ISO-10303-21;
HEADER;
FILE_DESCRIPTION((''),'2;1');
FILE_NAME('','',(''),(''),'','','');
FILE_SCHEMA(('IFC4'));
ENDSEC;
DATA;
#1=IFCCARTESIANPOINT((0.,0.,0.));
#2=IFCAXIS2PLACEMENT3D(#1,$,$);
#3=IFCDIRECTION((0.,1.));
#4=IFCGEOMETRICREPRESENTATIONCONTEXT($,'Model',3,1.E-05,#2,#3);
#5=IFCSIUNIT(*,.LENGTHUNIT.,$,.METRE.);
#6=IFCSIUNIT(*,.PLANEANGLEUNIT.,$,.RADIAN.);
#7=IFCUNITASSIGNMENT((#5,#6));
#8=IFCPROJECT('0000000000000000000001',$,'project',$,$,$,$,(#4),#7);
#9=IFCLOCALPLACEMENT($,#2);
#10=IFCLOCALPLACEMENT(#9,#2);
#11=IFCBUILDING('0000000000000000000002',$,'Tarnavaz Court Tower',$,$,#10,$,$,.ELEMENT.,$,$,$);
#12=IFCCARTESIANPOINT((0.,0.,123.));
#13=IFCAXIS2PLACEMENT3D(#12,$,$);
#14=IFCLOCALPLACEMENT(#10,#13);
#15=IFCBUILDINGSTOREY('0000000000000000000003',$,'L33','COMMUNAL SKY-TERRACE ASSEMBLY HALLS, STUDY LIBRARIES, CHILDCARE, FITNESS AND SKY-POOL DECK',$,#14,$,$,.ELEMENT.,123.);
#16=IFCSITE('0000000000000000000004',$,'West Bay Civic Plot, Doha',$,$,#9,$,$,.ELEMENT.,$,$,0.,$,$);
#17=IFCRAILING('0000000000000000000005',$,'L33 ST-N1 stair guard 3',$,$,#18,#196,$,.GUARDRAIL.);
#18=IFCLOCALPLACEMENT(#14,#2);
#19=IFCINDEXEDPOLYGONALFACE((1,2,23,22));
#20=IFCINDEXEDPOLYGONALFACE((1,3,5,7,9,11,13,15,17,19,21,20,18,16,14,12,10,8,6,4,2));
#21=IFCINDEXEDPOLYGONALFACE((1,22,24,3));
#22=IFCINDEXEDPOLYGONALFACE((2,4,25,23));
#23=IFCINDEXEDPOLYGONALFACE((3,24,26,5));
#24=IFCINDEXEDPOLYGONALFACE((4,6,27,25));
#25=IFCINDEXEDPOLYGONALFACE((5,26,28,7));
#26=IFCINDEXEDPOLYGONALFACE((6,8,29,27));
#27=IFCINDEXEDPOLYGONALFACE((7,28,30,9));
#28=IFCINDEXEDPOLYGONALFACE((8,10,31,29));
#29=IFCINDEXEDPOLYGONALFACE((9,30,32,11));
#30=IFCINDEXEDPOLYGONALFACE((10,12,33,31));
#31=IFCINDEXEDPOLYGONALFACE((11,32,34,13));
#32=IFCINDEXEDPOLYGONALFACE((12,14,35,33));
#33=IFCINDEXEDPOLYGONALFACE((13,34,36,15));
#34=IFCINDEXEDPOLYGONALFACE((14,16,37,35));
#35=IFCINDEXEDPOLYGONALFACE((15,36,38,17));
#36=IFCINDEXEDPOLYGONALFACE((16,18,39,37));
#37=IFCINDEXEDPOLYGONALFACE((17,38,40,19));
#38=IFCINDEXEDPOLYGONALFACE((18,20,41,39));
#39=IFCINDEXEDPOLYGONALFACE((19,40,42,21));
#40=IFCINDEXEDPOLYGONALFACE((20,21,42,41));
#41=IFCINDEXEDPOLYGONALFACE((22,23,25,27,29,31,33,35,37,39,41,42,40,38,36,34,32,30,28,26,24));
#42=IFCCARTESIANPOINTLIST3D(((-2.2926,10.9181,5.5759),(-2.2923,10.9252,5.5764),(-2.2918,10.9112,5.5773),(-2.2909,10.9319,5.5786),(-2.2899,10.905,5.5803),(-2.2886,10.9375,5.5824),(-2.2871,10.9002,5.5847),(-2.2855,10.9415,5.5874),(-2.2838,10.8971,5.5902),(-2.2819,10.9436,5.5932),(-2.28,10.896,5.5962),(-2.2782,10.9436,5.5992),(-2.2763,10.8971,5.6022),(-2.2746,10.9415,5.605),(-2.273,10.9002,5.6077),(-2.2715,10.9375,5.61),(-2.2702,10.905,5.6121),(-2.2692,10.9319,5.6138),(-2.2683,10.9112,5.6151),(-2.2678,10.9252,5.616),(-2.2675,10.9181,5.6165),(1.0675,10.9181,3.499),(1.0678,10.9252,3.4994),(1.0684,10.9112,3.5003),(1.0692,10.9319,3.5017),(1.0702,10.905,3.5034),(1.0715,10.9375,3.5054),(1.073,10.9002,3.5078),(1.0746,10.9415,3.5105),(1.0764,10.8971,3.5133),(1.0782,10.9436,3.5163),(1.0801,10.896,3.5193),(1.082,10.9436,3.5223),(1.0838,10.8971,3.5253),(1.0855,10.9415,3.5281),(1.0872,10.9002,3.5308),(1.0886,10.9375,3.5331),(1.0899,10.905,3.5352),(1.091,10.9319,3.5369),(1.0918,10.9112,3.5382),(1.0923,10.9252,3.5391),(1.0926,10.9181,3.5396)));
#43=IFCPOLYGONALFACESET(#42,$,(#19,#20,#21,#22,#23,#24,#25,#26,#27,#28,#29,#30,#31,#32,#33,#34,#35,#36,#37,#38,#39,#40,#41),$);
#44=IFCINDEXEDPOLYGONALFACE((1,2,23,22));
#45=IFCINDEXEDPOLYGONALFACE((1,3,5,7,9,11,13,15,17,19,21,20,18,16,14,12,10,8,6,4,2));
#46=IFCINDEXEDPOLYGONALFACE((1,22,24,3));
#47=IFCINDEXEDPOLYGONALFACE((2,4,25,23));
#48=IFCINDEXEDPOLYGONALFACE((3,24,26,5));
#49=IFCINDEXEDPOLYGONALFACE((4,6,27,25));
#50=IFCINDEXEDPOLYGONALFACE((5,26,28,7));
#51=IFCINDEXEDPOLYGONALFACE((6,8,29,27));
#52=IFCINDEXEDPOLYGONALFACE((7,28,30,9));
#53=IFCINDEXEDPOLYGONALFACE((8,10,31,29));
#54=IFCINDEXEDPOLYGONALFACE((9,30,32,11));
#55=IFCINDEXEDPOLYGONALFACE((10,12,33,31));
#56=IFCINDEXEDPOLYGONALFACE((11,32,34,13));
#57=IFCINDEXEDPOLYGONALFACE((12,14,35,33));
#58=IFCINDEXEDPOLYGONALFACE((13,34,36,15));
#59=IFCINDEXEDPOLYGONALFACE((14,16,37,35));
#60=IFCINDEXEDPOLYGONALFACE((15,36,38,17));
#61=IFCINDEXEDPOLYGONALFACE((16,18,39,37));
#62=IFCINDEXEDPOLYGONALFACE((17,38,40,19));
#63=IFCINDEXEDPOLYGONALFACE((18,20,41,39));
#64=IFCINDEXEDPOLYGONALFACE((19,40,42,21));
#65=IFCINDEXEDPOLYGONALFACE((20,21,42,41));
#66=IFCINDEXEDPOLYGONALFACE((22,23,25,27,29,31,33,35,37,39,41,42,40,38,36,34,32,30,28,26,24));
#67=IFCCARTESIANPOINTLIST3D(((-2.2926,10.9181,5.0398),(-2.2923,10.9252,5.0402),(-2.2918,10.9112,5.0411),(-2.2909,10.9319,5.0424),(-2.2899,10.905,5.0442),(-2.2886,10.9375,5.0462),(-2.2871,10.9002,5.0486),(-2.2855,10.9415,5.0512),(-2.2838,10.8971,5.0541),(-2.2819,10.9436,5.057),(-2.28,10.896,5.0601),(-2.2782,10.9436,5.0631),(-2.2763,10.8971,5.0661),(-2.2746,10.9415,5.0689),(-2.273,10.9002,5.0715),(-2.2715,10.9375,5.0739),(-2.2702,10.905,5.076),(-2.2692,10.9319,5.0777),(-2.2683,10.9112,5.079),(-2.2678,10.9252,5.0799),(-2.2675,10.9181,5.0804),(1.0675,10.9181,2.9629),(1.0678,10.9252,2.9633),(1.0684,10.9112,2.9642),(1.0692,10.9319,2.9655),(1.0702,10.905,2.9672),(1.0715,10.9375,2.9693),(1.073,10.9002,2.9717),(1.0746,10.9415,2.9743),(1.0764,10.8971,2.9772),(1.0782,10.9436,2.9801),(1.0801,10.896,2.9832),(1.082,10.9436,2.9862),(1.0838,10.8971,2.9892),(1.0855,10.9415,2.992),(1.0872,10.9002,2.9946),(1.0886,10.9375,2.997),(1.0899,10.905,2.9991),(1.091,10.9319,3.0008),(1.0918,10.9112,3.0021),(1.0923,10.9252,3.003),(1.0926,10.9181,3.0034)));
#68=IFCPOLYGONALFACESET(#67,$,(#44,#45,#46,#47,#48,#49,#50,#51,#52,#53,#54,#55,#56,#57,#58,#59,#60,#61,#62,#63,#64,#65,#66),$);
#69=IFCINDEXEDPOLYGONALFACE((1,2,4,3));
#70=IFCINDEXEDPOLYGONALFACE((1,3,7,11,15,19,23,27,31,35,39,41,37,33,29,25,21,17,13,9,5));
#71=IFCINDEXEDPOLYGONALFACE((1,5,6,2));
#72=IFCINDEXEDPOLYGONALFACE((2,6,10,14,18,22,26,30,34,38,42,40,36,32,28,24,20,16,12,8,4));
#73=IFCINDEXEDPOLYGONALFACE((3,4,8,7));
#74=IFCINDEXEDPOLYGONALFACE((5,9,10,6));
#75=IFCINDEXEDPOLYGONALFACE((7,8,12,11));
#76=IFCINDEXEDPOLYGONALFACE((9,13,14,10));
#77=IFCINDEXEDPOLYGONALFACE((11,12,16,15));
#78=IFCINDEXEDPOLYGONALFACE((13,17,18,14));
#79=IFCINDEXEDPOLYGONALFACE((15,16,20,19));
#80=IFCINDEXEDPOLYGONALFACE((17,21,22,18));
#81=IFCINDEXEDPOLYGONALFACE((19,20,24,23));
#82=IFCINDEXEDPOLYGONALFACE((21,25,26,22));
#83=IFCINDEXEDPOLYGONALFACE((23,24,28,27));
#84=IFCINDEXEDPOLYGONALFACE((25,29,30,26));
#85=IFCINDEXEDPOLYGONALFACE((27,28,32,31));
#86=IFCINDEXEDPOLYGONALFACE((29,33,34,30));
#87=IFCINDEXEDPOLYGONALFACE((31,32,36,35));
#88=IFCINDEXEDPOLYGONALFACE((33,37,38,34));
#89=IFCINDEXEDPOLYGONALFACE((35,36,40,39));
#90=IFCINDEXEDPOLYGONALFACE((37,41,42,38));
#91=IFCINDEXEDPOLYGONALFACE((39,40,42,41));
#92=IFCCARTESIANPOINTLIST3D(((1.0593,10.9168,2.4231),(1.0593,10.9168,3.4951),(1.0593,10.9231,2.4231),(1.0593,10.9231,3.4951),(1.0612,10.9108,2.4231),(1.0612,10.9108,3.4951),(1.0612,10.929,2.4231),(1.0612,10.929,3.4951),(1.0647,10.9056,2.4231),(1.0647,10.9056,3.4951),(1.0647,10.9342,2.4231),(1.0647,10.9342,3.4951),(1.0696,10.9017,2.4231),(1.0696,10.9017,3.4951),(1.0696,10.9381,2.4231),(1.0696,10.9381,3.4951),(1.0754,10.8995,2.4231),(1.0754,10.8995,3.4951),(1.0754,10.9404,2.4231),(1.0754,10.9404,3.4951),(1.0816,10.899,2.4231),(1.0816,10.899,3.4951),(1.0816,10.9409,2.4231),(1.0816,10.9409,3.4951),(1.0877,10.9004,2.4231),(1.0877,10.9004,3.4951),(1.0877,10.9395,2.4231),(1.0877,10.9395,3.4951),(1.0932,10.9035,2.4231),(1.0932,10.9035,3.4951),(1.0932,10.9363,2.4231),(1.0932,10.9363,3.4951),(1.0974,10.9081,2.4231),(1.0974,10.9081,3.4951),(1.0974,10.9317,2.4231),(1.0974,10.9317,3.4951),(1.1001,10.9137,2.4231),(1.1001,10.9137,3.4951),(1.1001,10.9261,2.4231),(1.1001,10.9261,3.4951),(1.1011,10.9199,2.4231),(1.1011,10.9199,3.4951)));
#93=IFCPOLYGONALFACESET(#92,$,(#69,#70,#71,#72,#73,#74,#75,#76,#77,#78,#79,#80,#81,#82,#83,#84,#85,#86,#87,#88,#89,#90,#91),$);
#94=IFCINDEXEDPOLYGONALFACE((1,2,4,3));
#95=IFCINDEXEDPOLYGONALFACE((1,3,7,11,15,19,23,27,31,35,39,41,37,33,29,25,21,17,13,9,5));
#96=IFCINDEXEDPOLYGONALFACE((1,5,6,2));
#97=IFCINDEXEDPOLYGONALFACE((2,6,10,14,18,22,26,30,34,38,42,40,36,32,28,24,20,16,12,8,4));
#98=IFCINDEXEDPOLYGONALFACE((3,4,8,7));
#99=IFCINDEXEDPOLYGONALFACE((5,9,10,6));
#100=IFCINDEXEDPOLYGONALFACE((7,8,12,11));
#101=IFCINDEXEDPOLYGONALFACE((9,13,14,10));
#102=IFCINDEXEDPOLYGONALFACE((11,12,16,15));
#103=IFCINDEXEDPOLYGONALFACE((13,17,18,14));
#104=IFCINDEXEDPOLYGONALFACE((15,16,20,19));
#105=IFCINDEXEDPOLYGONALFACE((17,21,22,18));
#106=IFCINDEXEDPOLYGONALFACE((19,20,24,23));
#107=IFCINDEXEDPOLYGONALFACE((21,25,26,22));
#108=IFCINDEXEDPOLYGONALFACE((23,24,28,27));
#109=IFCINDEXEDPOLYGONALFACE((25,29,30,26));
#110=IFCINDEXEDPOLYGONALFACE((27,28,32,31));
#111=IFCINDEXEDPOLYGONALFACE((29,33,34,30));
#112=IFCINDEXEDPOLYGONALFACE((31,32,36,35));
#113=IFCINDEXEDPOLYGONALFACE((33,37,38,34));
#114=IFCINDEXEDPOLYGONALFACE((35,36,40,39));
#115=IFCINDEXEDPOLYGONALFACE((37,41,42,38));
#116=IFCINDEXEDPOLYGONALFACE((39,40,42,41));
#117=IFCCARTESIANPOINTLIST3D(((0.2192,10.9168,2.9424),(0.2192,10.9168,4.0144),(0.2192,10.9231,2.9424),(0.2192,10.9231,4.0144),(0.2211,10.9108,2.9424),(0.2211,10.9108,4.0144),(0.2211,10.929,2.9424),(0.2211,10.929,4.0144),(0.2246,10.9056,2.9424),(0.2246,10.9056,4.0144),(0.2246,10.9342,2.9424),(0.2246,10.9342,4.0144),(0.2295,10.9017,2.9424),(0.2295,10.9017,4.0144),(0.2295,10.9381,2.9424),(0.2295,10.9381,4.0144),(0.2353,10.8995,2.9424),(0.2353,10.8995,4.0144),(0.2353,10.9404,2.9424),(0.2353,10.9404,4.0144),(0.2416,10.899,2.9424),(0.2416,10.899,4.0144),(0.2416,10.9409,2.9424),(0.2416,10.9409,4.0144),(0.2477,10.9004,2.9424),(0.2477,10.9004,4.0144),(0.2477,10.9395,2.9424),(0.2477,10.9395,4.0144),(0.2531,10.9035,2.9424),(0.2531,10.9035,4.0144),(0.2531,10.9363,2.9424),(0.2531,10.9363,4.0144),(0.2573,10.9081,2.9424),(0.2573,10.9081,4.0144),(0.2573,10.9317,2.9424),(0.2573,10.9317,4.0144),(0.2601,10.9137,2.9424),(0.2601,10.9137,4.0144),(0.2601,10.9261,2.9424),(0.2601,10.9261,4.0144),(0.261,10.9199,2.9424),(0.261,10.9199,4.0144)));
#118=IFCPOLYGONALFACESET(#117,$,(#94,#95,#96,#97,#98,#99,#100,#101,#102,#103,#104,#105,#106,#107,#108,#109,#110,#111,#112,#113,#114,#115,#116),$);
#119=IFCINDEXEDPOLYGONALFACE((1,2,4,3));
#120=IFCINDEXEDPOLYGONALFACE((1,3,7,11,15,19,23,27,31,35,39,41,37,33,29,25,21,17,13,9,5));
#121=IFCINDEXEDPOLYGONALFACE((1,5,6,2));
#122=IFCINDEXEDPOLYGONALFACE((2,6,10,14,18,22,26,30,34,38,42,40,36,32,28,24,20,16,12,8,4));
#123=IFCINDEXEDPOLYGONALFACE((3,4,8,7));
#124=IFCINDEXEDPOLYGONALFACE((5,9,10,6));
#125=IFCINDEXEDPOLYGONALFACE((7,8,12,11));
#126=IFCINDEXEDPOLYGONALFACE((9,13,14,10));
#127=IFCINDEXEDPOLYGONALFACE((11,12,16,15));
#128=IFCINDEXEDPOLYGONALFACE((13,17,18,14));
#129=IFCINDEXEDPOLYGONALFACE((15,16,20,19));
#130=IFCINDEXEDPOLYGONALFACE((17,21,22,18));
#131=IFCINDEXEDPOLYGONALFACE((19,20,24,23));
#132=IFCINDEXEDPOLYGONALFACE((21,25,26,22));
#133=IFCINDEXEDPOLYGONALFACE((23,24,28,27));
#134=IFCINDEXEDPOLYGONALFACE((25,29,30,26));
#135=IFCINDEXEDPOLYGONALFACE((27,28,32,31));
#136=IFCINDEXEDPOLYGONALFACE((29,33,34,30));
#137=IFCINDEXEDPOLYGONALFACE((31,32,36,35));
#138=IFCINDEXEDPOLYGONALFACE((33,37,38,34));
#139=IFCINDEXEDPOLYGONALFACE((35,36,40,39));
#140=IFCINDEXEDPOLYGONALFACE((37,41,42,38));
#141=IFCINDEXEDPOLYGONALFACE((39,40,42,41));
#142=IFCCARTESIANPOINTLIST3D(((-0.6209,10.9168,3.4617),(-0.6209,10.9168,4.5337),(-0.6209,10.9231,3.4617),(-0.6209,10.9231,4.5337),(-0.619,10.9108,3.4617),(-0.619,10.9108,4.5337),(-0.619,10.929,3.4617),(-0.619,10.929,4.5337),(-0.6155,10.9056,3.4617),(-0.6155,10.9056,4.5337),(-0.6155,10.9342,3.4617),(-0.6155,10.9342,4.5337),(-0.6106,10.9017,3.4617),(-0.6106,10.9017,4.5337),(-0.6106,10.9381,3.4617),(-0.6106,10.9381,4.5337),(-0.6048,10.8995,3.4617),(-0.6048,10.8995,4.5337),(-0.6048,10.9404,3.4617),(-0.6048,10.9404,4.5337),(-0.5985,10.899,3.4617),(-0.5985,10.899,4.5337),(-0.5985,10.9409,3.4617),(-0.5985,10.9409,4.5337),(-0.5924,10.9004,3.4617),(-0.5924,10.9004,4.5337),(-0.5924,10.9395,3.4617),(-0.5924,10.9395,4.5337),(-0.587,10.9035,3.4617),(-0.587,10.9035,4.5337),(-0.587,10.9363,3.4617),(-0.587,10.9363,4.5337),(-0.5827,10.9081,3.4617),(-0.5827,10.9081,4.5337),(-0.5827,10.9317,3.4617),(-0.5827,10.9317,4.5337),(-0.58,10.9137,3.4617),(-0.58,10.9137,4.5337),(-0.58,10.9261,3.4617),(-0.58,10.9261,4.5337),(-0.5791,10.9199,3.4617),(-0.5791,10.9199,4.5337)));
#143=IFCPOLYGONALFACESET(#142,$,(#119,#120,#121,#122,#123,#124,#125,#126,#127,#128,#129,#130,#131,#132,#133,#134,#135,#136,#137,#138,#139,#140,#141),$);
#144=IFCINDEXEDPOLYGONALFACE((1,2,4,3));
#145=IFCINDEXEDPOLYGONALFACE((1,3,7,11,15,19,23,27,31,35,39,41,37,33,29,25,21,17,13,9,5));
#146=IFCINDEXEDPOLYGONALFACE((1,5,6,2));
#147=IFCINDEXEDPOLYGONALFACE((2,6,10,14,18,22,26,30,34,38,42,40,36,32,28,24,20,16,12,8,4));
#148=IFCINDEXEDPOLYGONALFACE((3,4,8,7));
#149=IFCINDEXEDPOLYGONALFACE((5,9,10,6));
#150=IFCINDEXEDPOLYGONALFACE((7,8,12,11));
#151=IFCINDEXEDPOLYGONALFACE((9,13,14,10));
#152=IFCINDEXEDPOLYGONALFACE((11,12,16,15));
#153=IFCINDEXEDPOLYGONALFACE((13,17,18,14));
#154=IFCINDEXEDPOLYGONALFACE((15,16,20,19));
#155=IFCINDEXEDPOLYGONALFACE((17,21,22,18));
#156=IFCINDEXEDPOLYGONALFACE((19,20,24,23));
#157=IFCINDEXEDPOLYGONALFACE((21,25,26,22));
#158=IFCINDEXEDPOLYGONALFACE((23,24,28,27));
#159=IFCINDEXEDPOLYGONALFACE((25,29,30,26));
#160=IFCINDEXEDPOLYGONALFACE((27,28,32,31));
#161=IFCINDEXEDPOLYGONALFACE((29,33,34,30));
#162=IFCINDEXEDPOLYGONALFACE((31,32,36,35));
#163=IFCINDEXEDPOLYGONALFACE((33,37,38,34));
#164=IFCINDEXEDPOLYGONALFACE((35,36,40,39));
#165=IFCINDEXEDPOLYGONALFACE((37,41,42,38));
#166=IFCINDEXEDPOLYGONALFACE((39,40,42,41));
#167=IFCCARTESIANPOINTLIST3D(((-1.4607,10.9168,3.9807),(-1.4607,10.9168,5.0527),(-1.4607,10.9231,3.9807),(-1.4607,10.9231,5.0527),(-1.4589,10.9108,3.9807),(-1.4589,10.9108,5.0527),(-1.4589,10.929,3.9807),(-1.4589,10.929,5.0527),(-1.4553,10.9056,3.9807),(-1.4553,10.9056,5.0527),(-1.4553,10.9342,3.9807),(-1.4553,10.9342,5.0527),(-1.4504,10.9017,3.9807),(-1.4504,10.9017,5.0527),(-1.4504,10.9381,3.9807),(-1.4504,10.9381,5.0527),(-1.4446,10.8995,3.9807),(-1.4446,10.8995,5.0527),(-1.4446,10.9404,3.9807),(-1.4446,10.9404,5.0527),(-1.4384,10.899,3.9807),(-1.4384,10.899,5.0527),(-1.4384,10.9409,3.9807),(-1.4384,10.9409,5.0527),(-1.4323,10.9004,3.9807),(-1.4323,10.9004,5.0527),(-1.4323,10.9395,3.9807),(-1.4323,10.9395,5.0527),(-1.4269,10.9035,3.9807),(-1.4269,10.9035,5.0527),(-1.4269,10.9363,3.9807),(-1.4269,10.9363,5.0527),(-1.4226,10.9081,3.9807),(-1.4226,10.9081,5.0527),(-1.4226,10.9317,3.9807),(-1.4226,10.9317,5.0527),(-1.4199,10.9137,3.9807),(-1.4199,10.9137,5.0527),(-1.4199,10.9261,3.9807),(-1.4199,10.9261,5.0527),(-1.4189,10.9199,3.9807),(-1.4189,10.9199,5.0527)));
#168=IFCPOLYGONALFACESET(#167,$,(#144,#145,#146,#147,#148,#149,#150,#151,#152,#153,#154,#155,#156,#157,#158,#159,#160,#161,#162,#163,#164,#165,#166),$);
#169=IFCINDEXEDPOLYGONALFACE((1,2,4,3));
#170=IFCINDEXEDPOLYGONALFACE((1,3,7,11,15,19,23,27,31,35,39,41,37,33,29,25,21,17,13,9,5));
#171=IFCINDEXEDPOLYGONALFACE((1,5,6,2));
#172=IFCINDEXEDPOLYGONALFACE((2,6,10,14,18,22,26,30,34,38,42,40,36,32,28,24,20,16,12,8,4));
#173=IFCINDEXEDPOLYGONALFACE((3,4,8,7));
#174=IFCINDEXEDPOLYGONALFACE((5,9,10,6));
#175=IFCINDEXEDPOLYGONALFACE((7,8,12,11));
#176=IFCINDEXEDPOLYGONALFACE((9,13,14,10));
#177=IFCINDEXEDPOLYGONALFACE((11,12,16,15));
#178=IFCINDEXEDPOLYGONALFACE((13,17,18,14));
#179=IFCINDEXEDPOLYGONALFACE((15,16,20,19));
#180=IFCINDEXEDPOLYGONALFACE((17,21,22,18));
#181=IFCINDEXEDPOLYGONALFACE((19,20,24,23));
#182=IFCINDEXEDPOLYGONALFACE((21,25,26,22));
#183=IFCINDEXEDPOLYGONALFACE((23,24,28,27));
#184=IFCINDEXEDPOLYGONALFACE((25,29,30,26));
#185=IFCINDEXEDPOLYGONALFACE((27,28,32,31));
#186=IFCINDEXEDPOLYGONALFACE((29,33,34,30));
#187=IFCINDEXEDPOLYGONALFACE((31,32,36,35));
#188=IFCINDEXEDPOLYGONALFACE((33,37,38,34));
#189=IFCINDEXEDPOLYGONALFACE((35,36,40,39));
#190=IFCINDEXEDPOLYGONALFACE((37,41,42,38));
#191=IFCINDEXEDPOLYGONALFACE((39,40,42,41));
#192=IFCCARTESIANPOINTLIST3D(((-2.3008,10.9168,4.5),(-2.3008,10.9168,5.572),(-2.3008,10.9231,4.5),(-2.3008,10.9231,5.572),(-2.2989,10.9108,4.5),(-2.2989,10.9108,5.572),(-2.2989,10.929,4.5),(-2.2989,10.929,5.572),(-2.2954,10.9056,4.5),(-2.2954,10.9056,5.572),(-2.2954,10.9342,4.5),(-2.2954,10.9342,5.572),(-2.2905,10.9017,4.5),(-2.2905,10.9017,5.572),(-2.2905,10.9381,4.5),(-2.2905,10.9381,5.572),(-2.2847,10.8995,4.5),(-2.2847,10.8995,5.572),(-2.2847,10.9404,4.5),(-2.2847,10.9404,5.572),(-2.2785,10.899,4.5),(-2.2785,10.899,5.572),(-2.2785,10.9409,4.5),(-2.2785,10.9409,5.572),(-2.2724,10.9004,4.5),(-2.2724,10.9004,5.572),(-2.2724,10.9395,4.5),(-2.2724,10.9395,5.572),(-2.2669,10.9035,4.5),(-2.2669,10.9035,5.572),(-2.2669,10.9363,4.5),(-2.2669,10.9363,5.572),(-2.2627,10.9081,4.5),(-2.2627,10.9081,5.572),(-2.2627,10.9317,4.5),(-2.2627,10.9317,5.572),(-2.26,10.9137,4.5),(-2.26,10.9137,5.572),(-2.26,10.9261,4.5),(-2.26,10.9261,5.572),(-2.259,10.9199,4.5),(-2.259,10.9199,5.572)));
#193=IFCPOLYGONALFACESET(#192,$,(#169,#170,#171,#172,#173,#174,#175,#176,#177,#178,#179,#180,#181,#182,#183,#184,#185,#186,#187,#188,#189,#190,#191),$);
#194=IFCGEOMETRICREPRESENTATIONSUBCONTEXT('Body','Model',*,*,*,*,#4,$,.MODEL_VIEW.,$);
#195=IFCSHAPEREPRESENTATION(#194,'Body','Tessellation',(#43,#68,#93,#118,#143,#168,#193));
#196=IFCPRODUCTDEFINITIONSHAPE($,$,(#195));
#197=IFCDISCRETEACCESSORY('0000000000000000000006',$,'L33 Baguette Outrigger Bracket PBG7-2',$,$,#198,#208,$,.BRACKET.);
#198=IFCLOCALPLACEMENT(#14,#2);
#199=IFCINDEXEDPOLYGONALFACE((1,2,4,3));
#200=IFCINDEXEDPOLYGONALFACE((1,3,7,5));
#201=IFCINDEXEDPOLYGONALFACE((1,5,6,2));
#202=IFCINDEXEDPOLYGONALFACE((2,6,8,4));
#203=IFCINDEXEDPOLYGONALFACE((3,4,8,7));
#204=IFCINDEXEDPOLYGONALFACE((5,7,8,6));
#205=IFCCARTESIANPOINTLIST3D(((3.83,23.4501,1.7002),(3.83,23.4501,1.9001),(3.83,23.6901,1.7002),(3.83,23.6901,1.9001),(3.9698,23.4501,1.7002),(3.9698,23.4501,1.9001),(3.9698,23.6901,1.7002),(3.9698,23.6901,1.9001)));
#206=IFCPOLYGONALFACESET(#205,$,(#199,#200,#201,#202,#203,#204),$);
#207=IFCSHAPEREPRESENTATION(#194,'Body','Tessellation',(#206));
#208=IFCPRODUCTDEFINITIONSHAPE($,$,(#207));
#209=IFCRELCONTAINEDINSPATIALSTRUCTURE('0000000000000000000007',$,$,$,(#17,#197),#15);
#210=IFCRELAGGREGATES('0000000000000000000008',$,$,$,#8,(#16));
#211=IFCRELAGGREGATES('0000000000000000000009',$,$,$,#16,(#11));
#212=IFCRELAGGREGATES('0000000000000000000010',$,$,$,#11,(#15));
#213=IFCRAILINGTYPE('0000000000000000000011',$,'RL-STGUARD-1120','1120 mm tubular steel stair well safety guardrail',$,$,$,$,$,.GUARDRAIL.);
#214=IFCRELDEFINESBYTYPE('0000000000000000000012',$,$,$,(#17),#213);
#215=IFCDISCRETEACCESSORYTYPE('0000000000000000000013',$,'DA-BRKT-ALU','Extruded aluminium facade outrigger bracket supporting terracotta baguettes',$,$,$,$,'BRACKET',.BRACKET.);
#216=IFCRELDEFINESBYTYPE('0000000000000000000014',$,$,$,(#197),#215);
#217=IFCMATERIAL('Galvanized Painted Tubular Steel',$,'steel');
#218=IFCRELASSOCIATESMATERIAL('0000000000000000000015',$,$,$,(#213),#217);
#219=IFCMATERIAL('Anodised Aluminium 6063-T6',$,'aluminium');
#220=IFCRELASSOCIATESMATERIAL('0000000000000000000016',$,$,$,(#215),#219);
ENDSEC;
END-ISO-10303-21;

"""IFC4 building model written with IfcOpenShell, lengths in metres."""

from ifc_helpers import new_model, si_unit, direction, frame, origin, origin_2d, place, context, subcontext, project, spatial, rectangle, circle, extrude, material, type_object, element, save


model = new_model("IFC4")

# Units and contexts
model_context = context("Model", 3, precision=1e-05, world=origin(), true_north=direction((0.0, 1.0)))
body_context = subcontext(model_context, "Body", "Model", "MODEL_VIEW")
ifc_project = project(units=[si_unit("LENGTHUNIT", "METRE"), si_unit("PLANEANGLEUNIT", "RADIAN")], contexts=[model_context])

# Site, building, storey
site_placement = place(None, origin())
site = spatial("IfcSite", under=ifc_project, at=site_placement, Name="West Bay Civic Plot, Doha", CompositionType="ELEMENT", RefElevation=0.0)
building_placement = place(site_placement, origin())
building = spatial("IfcBuilding", under=site, at=building_placement, Name="Tarnavaz Court Tower", CompositionType="ELEMENT")
storey_placement = place(building_placement, frame((0.0, 0.0, 123.0)))
storey = spatial("IfcBuildingStorey", under=building, at=storey_placement, Name="L33", Description="COMMUNAL SKY-TERRACE ASSEMBLY HALLS, STUDY LIBRARIES, CHILDCARE, FITNESS AND SKY-POOL DECK", CompositionType="ELEMENT", Elevation=123.0)

# Shared definitions
ifc_material_1 = material(Name="Anodised Aluminium 6063-T6", Category="aluminium")

# Railing
ifc_material_2 = material(Name="Galvanized Painted Tubular Steel", Category="steel")
railing_type_1 = type_object("IfcRailingType", Name="RL-STGUARD-1120", Description="1120 mm tubular steel stair well safety guardrail", PredefinedType="GUARDRAIL", material=ifc_material_2)
railing_1_placement = place(storey_placement, frame((1.0801, 10.9199, 2.4231)))
element("IfcRailing", 1, at=railing_1_placement, inside=storey, type_object=railing_type_1, Name="L33 ST-N1 stair guard 3", PredefinedType="GUARDRAIL", context=body_context, shape_type="SweptSolid", body=[
    extrude(circle(Radius=0.0239, at=origin_2d()), frame((0.0, 0.0, 1.0962), z_axis=(-0.850623, 0.0, 0.525776), x_axis=(0.0, -1.0, 0.0)), (0.0, 0.0, 1.0), 3.9502),
    extrude(circle(Radius=0.0239, at=origin_2d()), frame((0.0, 0.0, 0.5601), z_axis=(-0.850623, 0.0, 0.525776), x_axis=(0.0, -1.0, 0.0)), (0.0, 0.0, 1.0), 3.9502),
    extrude(circle(Radius=0.021, at=origin_2d()), origin(), (0.0, 0.0, 1.0), 1.072),
    extrude(circle(Radius=0.021, at=origin_2d()), frame((-0.8401, 0.0, 0.5193)), (0.0, 0.0, 1.0), 1.072),
    extrude(circle(Radius=0.021, at=origin_2d()), frame((-1.6802, 0.0, 1.0386)), (0.0, 0.0, 1.0), 1.072),
    extrude(circle(Radius=0.021, at=origin_2d()), frame((-2.52, 0.0, 1.5576)), (0.0, 0.0, 1.0), 1.072),
    extrude(circle(Radius=0.021, at=origin_2d()), frame((-3.3601, 0.0, 2.0769)), (0.0, 0.0, 1.0), 1.072),
])

# Discrete accessory
discrete_accessory_type = type_object("IfcDiscreteAccessoryType", Name="DA-BRKT-ALU", Description="Extruded aluminium facade outrigger bracket supporting terracotta baguettes", ElementType="BRACKET", PredefinedType="BRACKET", material=ifc_material_1)
discrete_accessory_placement = place(storey_placement, frame((3.8999, 23.5701, 1.7002), z_axis=(0.0, 0.0, 1.0), x_axis=(1.0, 0.0, 0.0)))
element("IfcDiscreteAccessory", 2, at=discrete_accessory_placement, inside=storey, type_object=discrete_accessory_type, Name="L33 Baguette Outrigger Bracket PBG7-2", PredefinedType="BRACKET", context=body_context, shape_type="SweptSolid", body=[
    extrude(rectangle(XDim=0.1399, YDim=0.24, at=origin_2d()), origin(), (0.0, 0.0, 1.0), 0.2),
])

save(model, "model.ifc")
